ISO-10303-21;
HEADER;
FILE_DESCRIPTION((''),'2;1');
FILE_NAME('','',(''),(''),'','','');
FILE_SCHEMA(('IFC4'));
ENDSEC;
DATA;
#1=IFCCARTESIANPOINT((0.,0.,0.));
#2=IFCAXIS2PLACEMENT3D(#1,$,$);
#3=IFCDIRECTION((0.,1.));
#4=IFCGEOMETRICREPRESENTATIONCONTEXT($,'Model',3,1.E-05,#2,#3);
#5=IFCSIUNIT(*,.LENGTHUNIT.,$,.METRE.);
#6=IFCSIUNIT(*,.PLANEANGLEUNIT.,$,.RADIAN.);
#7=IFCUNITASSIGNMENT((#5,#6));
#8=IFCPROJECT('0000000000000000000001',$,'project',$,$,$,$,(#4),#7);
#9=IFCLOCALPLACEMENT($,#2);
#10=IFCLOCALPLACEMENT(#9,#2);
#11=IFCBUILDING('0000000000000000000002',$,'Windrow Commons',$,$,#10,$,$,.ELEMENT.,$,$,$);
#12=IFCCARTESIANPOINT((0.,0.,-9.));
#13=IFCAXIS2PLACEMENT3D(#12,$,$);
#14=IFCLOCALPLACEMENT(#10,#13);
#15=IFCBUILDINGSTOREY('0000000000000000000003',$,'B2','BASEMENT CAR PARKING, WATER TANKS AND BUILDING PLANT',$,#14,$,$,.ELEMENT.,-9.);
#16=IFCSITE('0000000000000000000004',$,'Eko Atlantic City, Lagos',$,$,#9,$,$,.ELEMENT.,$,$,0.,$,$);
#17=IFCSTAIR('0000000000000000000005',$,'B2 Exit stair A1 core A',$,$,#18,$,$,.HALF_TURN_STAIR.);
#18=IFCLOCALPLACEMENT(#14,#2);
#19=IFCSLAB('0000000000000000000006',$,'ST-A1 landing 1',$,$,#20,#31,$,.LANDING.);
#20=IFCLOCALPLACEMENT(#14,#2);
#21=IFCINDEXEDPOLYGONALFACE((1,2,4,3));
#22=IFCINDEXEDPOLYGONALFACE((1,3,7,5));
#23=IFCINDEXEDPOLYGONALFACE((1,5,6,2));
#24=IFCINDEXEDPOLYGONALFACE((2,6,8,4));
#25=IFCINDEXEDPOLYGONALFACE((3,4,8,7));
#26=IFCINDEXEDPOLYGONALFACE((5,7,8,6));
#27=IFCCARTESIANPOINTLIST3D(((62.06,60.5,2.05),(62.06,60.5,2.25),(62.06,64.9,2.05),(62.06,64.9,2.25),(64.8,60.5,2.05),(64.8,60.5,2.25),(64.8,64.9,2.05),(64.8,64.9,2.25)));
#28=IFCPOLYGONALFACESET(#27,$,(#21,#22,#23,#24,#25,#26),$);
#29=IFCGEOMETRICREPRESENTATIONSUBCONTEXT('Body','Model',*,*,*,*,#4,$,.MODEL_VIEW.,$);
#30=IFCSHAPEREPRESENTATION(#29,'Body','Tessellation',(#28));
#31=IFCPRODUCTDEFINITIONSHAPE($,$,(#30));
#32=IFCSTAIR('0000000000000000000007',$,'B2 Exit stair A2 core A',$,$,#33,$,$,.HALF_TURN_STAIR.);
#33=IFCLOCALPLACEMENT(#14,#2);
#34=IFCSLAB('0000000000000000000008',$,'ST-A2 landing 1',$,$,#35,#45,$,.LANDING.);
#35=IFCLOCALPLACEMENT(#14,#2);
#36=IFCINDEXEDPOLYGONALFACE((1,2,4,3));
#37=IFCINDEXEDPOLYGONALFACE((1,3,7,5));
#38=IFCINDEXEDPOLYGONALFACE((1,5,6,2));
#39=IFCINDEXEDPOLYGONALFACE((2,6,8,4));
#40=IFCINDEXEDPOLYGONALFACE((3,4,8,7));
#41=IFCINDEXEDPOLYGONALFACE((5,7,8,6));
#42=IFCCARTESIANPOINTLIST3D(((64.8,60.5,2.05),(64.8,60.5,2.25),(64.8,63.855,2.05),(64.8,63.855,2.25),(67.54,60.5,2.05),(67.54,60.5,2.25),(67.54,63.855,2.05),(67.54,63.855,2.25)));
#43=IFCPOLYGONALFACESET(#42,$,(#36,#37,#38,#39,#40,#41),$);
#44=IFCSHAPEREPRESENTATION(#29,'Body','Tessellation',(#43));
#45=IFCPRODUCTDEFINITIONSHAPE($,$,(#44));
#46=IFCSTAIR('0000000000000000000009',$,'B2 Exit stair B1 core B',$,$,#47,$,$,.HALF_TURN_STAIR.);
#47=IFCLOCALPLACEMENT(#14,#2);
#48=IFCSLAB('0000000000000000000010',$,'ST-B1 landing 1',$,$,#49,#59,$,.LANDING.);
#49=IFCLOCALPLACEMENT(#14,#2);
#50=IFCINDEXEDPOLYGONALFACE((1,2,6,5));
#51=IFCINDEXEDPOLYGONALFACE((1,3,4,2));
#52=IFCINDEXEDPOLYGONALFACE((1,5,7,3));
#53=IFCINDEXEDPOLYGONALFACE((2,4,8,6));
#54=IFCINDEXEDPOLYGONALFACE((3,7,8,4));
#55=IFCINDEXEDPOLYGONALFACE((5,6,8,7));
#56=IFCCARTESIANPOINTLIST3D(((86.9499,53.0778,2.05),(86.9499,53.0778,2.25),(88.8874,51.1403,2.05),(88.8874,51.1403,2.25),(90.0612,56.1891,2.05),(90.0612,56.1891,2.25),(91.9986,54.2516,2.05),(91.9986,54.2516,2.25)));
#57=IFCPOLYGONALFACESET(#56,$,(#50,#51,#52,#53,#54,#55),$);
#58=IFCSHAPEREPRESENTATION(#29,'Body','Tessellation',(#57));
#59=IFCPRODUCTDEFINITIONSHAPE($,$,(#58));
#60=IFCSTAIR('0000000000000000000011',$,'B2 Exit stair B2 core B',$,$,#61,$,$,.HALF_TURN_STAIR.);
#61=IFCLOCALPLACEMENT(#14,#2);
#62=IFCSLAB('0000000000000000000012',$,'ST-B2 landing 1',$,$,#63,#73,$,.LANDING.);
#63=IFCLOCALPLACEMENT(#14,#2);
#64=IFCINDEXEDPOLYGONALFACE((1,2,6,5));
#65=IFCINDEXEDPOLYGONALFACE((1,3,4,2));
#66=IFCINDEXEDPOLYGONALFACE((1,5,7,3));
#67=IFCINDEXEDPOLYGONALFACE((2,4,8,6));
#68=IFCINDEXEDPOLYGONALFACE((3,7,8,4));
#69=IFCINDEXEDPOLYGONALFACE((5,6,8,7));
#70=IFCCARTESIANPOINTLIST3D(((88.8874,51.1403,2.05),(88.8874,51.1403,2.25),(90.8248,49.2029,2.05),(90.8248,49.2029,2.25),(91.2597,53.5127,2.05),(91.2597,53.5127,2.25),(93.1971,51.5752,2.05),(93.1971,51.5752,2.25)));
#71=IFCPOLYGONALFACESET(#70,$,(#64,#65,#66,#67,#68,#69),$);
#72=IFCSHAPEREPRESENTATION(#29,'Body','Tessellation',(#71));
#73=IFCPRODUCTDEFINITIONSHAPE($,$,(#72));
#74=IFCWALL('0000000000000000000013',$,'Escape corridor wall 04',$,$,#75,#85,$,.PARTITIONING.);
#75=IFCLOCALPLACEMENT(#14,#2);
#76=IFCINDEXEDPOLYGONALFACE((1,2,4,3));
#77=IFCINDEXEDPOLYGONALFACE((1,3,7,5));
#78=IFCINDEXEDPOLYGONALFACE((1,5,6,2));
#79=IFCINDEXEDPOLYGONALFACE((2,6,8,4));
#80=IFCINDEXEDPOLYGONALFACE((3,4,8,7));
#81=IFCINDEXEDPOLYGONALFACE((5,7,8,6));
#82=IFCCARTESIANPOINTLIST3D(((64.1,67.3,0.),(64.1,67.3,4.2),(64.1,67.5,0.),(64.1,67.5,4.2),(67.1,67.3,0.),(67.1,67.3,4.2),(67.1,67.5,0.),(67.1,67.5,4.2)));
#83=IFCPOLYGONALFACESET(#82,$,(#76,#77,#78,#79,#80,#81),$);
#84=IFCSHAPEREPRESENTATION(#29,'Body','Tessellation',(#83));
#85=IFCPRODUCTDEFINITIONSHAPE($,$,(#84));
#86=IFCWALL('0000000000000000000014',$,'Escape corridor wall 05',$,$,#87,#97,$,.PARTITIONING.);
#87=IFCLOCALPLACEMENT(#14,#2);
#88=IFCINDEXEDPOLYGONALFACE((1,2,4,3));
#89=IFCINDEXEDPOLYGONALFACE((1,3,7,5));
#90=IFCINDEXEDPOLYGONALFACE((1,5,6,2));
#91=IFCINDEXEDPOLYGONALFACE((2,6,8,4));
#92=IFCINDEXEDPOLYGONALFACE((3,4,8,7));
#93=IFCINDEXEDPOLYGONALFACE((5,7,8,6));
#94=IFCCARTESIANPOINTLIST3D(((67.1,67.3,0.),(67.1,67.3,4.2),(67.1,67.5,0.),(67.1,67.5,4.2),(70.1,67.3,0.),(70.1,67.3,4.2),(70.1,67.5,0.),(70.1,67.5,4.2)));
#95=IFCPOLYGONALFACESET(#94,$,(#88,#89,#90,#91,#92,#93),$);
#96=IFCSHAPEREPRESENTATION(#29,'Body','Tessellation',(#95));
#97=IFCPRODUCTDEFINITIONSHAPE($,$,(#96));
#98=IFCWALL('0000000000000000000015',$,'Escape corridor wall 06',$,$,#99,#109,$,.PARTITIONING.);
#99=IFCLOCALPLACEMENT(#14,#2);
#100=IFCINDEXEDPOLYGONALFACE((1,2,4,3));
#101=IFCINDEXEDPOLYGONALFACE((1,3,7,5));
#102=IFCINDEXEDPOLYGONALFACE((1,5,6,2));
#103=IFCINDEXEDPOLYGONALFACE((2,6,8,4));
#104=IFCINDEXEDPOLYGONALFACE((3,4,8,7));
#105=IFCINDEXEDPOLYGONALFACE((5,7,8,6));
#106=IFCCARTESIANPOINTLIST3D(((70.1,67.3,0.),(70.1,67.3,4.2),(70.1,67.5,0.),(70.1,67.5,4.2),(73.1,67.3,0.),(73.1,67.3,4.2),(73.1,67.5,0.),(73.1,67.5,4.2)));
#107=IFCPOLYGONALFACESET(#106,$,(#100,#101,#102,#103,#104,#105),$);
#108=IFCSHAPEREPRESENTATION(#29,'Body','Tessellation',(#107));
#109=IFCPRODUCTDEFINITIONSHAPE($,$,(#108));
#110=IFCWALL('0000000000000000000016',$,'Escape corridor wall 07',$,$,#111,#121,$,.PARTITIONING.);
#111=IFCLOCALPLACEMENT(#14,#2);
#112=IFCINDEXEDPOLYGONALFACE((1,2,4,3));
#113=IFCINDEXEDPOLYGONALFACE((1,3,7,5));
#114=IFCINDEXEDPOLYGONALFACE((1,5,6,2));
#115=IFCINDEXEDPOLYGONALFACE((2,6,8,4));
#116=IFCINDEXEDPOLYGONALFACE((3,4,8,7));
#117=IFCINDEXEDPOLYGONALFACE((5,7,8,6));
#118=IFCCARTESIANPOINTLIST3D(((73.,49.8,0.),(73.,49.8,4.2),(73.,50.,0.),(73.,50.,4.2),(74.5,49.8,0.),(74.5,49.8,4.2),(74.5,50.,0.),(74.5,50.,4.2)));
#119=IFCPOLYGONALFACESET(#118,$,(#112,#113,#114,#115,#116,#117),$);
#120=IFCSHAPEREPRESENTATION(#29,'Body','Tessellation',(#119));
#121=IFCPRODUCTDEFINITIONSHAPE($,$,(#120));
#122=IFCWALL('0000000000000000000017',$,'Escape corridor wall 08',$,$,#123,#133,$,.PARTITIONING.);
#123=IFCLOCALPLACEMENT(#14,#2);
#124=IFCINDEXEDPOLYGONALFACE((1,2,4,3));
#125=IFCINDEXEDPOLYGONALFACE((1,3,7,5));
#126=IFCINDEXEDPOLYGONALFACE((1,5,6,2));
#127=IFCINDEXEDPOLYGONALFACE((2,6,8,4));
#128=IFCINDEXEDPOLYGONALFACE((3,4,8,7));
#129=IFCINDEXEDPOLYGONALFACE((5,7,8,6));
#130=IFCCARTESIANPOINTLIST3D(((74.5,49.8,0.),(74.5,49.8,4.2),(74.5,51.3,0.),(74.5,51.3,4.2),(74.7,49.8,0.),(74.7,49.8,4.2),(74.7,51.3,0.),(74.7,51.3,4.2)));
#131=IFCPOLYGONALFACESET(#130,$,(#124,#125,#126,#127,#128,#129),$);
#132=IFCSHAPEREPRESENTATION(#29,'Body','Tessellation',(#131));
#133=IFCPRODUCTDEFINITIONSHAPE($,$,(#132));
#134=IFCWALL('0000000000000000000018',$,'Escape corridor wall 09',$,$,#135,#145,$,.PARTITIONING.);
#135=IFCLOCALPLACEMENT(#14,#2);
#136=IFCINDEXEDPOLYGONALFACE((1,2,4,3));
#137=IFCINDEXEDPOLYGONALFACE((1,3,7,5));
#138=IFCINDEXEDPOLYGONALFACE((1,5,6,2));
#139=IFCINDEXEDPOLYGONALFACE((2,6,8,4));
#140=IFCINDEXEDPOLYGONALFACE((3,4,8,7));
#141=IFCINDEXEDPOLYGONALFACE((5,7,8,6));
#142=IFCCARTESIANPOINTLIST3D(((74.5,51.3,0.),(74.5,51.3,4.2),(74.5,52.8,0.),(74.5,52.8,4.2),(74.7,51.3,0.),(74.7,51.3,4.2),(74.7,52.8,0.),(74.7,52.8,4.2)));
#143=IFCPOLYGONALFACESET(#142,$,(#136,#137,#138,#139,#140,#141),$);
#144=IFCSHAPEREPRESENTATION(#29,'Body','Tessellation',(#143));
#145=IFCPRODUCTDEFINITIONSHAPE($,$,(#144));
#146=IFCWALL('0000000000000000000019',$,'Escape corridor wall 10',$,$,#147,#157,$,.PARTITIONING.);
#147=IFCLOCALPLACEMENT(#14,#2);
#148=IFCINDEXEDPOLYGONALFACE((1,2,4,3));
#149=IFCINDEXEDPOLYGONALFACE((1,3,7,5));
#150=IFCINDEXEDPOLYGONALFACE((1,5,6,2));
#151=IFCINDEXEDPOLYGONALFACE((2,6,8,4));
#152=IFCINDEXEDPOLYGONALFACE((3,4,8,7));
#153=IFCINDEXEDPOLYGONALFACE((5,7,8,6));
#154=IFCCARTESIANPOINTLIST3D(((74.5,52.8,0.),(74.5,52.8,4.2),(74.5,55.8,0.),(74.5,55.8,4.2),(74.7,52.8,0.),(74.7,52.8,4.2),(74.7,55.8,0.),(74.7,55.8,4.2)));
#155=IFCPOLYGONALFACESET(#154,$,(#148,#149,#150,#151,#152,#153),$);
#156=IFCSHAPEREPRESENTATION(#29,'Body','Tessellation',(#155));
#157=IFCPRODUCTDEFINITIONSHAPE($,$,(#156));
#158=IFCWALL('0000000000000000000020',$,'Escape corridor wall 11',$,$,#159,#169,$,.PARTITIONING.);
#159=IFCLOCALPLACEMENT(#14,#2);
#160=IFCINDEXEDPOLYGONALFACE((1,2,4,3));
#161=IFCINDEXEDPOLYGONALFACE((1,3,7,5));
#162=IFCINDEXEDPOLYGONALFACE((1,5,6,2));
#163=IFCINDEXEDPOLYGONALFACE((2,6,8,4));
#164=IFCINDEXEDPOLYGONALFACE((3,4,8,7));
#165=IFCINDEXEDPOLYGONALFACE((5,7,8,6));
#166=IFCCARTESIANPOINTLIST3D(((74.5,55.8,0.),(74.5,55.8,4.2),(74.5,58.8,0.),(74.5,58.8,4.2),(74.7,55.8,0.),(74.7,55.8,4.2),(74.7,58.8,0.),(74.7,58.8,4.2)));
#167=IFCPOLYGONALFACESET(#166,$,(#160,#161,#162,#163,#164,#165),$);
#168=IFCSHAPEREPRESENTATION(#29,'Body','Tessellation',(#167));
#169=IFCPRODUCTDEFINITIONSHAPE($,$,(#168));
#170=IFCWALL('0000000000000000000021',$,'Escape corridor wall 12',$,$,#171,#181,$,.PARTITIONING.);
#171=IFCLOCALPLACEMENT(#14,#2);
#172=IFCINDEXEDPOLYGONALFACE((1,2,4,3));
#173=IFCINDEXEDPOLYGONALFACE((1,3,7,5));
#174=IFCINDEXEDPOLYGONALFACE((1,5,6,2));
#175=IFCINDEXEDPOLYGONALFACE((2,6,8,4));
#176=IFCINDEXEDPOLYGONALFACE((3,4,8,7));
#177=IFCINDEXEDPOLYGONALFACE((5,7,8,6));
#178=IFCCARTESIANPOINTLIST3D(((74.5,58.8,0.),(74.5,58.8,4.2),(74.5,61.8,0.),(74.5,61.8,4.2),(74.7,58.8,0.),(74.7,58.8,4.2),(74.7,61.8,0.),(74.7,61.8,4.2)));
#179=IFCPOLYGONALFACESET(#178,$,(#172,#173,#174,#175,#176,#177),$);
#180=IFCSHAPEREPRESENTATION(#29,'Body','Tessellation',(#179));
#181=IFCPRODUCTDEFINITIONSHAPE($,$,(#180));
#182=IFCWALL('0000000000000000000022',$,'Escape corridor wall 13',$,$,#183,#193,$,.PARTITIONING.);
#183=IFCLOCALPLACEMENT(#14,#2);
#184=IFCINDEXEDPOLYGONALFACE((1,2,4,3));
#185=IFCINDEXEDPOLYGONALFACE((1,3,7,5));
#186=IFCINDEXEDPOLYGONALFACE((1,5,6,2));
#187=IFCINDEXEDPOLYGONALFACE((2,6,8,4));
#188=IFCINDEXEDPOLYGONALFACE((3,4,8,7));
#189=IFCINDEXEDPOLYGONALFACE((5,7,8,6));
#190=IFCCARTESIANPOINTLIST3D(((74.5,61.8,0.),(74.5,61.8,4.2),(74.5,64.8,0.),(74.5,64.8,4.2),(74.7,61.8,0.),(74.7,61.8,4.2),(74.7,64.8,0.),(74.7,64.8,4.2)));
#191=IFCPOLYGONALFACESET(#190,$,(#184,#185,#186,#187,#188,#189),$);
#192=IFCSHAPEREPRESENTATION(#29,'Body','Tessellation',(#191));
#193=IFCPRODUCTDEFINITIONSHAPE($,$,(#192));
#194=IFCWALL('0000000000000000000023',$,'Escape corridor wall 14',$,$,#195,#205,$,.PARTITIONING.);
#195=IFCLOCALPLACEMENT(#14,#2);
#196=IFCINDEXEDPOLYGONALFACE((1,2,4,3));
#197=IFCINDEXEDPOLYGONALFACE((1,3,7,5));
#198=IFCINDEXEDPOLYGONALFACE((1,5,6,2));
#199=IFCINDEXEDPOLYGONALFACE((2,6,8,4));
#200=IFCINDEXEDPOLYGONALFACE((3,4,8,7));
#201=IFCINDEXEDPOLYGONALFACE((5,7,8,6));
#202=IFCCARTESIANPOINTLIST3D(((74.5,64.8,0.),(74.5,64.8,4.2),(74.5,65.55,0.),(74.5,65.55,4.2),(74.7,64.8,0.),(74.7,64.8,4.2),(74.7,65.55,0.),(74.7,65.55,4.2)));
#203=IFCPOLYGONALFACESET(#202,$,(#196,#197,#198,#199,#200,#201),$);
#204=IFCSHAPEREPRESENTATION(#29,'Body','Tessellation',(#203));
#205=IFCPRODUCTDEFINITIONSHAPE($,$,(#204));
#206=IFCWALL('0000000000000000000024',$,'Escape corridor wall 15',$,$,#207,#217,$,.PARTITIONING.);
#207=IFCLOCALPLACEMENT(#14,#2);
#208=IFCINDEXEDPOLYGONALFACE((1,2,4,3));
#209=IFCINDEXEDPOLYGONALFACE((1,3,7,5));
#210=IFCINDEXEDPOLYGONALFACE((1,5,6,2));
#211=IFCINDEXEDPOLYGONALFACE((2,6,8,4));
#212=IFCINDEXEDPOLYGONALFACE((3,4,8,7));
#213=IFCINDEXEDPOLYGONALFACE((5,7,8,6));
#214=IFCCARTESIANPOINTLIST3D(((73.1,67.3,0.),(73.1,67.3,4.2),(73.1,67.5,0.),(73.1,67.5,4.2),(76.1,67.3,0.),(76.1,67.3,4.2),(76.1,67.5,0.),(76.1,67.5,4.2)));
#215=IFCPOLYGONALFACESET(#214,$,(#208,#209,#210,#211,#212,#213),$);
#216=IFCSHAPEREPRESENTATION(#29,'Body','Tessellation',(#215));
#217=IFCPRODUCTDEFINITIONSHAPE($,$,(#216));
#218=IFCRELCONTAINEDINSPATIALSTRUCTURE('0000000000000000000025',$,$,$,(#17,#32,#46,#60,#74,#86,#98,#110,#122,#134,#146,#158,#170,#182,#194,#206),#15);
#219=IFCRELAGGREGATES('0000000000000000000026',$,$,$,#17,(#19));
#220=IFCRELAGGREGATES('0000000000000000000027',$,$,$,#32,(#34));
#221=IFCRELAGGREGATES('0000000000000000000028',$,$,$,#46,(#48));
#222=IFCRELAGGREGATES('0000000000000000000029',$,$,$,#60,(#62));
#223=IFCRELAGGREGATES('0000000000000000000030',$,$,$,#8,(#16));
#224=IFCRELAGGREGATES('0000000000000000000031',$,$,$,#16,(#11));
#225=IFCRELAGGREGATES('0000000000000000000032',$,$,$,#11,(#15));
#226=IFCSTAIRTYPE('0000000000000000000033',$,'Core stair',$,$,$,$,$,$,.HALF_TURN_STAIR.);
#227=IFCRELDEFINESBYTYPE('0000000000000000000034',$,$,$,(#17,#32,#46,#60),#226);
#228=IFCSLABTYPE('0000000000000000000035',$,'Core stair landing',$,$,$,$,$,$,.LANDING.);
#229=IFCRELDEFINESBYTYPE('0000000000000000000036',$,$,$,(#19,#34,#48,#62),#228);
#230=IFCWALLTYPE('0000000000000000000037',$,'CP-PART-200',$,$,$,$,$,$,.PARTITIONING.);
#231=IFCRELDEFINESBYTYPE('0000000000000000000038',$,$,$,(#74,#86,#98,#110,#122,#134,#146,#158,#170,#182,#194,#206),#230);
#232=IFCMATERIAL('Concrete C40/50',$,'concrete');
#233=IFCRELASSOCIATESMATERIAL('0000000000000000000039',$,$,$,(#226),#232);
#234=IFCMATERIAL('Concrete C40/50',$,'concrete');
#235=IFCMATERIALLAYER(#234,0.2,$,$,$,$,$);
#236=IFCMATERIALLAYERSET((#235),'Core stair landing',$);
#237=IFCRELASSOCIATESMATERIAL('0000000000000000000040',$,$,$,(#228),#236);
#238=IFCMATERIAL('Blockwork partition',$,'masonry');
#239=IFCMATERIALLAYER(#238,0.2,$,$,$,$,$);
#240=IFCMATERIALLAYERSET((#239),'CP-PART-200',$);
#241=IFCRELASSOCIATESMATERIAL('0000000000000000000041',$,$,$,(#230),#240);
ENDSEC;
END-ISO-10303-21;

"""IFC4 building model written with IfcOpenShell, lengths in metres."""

from ifc_helpers import new_model, si_unit, direction, frame, origin, place, context, subcontext, project, spatial, polyline, outline, extrude, material, layer, layer_set, type_object, element, aggregate, save


model = new_model("IFC4")

# Units and contexts
model_context = context("Model", 3, precision=1e-05, world=origin(), true_north=direction((0.0, 1.0)))
body_context = subcontext(model_context, "Body", "Model", "MODEL_VIEW")
ifc_project = project(units=[si_unit("LENGTHUNIT", "METRE"), si_unit("PLANEANGLEUNIT", "RADIAN")], contexts=[model_context])

# Site, building, storey
site_placement = place(None, origin())
site = spatial("IfcSite", under=ifc_project, at=site_placement, Name="Eko Atlantic City, Lagos", CompositionType="ELEMENT", RefElevation=0.0)
building_placement = place(site_placement, origin())
building = spatial("IfcBuilding", under=site, at=building_placement, Name="Windrow Commons", CompositionType="ELEMENT")
storey_placement = place(building_placement, frame((0.0, 0.0, -9.0)))
storey = spatial("IfcBuildingStorey", under=building, at=storey_placement, Name="B2", Description="BASEMENT CAR PARKING, WATER TANKS AND BUILDING PLANT", CompositionType="ELEMENT", Elevation=-9.0)

# Stairs, slabs
ifc_material_1 = material(Name="Concrete C40/50", Category="concrete")
stair_type = type_object("IfcStairType", Name="Core stair", PredefinedType="HALF_TURN_STAIR", material=ifc_material_1)
placement_1 = place(storey_placement, origin())
stair_1 = element("IfcStair", 1, at=placement_1, inside=storey, type_object=stair_type, Name="B2 Exit stair A1 core A", PredefinedType="HALF_TURN_STAIR")
ifc_material_2 = material(Name="Concrete C40/50", Category="concrete")
ifc_layer_1 = layer(ifc_material_2, 0.2)
ifc_layer_set_1 = layer_set([ifc_layer_1], Name="Core stair landing")
slab_type = type_object("IfcSlabType", Name="Core stair landing", PredefinedType="LANDING", material=ifc_layer_set_1)
placement_2 = place(storey_placement, frame((0.0, 0.0, 2.05)))
slab_1 = element("IfcSlab", 2, at=placement_2, type_object=slab_type, Name="ST-A1 landing 1", PredefinedType="LANDING", context=body_context, shape_type="SweptSolid", body=[
    extrude(outline(polyline([(62.06, 60.5), (64.8, 60.5), (64.8, 64.9), (62.06, 64.9), (62.06, 60.5)])), origin(), (0.0, 0.0, 1.0), 0.2),
])
aggregate(stair_1, [slab_1])
stair_2 = element("IfcStair", 3, at=placement_1, inside=storey, type_object=stair_type, Name="B2 Exit stair A2 core A", PredefinedType="HALF_TURN_STAIR")
slab_2 = element("IfcSlab", 4, at=placement_2, type_object=slab_type, Name="ST-A2 landing 1", PredefinedType="LANDING", context=body_context, shape_type="SweptSolid", body=[
    extrude(outline(polyline([(64.8, 60.5), (67.54, 60.5), (67.54, 63.855), (64.8, 63.855), (64.8, 60.5)])), origin(), (0.0, 0.0, 1.0), 0.2),
])
aggregate(stair_2, [slab_2])
stair_3 = element("IfcStair", 5, at=placement_1, inside=storey, type_object=stair_type, Name="B2 Exit stair B1 core B", PredefinedType="HALF_TURN_STAIR")
slab_3 = element("IfcSlab", 6, at=placement_2, type_object=slab_type, Name="ST-B1 landing 1", PredefinedType="LANDING", context=body_context, shape_type="SweptSolid", body=[
    extrude(outline(polyline([(86.9499, 53.0778), (88.8874, 51.1403), (91.9986, 54.2516), (90.0612, 56.1891), (86.9499, 53.0778)])), origin(), (0.0, 0.0, 1.0), 0.2),
])
aggregate(stair_3, [slab_3])
stair_4 = element("IfcStair", 7, at=placement_1, inside=storey, type_object=stair_type, Name="B2 Exit stair B2 core B", PredefinedType="HALF_TURN_STAIR")
slab_4 = element("IfcSlab", 8, at=placement_2, type_object=slab_type, Name="ST-B2 landing 1", PredefinedType="LANDING", context=body_context, shape_type="SweptSolid", body=[
    extrude(outline(polyline([(88.8874, 51.1403), (90.8248, 49.2029), (93.1971, 51.5752), (91.2597, 53.5127), (88.8874, 51.1403)])), origin(), (0.0, 0.0, 1.0), 0.2),
])
aggregate(stair_4, [slab_4])

# Walls
ifc_material_3 = material(Name="Blockwork partition", Category="masonry")
ifc_layer_2 = layer(ifc_material_3, 0.2)
ifc_layer_set_2 = layer_set([ifc_layer_2], Name="CP-PART-200")
wall_type = type_object("IfcWallType", Name="CP-PART-200", PredefinedType="PARTITIONING", material=ifc_layer_set_2)
element("IfcWall", 9, at=placement_1, inside=storey, type_object=wall_type, Name="Escape corridor wall 04", PredefinedType="PARTITIONING", context=body_context, shape_type="SweptSolid", body=[
    extrude(outline(polyline([(64.1, 67.3), (67.1, 67.3), (67.1, 67.5), (64.1, 67.5), (64.1, 67.3)])), origin(), (0.0, 0.0, 1.0), 4.2),
])
element("IfcWall", 10, at=placement_1, inside=storey, type_object=wall_type, Name="Escape corridor wall 05", PredefinedType="PARTITIONING", context=body_context, shape_type="SweptSolid", body=[
    extrude(outline(polyline([(67.1, 67.3), (70.1, 67.3), (70.1, 67.5), (67.1, 67.5), (67.1, 67.3)])), origin(), (0.0, 0.0, 1.0), 4.2),
])
element("IfcWall", 11, at=placement_1, inside=storey, type_object=wall_type, Name="Escape corridor wall 06", PredefinedType="PARTITIONING", context=body_context, shape_type="SweptSolid", body=[
    extrude(outline(polyline([(73.1, 67.3), (73.1, 67.5), (70.1, 67.5), (70.1, 67.3), (73.1, 67.3)])), origin(), (0.0, 0.0, 1.0), 4.2),
])
element("IfcWall", 12, at=placement_1, inside=storey, type_object=wall_type, Name="Escape corridor wall 07", PredefinedType="PARTITIONING", context=body_context, shape_type="SweptSolid", body=[
    extrude(outline(polyline([(74.5, 50.0), (73.0, 50.0), (73.0, 49.8), (74.5, 49.8), (74.5, 50.0)])), origin(), (0.0, 0.0, 1.0), 4.2),
])
element("IfcWall", 13, at=placement_1, inside=storey, type_object=wall_type, Name="Escape corridor wall 08", PredefinedType="PARTITIONING", context=body_context, shape_type="SweptSolid", body=[
    extrude(outline(polyline([(74.5, 51.3), (74.5, 49.8), (74.7, 49.8), (74.7, 51.3), (74.5, 51.3)])), origin(), (0.0, 0.0, 1.0), 4.2),
])
element("IfcWall", 14, at=placement_1, inside=storey, type_object=wall_type, Name="Escape corridor wall 09", PredefinedType="PARTITIONING", context=body_context, shape_type="SweptSolid", body=[
    extrude(outline(polyline([(74.5, 52.8), (74.5, 51.3), (74.7, 51.3), (74.7, 52.8), (74.5, 52.8)])), origin(), (0.0, 0.0, 1.0), 4.2),
])
element("IfcWall", 15, at=placement_1, inside=storey, type_object=wall_type, Name="Escape corridor wall 10", PredefinedType="PARTITIONING", context=body_context, shape_type="SweptSolid", body=[
    extrude(outline(polyline([(74.5, 55.8), (74.5, 52.8), (74.7, 52.8), (74.7, 55.8), (74.5, 55.8)])), origin(), (0.0, 0.0, 1.0), 4.2),
])
element("IfcWall", 16, at=placement_1, inside=storey, type_object=wall_type, Name="Escape corridor wall 11", PredefinedType="PARTITIONING", context=body_context, shape_type="SweptSolid", body=[
    extrude(outline(polyline([(74.5, 58.8), (74.5, 55.8), (74.7, 55.8), (74.7, 58.8), (74.5, 58.8)])), origin(), (0.0, 0.0, 1.0), 4.2),
])
element("IfcWall", 17, at=placement_1, inside=storey, type_object=wall_type, Name="Escape corridor wall 12", PredefinedType="PARTITIONING", context=body_context, shape_type="SweptSolid", body=[
    extrude(outline(polyline([(74.5, 61.8), (74.5, 58.8), (74.7, 58.8), (74.7, 61.8), (74.5, 61.8)])), origin(), (0.0, 0.0, 1.0), 4.2),
])
element("IfcWall", 18, at=placement_1, inside=storey, type_object=wall_type, Name="Escape corridor wall 13", PredefinedType="PARTITIONING", context=body_context, shape_type="SweptSolid", body=[
    extrude(outline(polyline([(74.5, 64.8), (74.5, 61.8), (74.7, 61.8), (74.7, 64.8), (74.5, 64.8)])), origin(), (0.0, 0.0, 1.0), 4.2),
])
element("IfcWall", 19, at=placement_1, inside=storey, type_object=wall_type, Name="Escape corridor wall 14", PredefinedType="PARTITIONING", context=body_context, shape_type="SweptSolid", body=[
    extrude(outline(polyline([(74.7, 64.8), (74.7, 65.55), (74.5, 65.55), (74.5, 64.8), (74.7, 64.8)])), origin(), (0.0, 0.0, 1.0), 4.2),
])
element("IfcWall", 20, at=placement_1, inside=storey, type_object=wall_type, Name="Escape corridor wall 15", PredefinedType="PARTITIONING", context=body_context, shape_type="SweptSolid", body=[
    extrude(outline(polyline([(76.1, 67.3), (76.1, 67.5), (73.1, 67.5), (73.1, 67.3), (76.1, 67.3)])), origin(), (0.0, 0.0, 1.0), 4.2),
])

save(model, "model.ifc")
